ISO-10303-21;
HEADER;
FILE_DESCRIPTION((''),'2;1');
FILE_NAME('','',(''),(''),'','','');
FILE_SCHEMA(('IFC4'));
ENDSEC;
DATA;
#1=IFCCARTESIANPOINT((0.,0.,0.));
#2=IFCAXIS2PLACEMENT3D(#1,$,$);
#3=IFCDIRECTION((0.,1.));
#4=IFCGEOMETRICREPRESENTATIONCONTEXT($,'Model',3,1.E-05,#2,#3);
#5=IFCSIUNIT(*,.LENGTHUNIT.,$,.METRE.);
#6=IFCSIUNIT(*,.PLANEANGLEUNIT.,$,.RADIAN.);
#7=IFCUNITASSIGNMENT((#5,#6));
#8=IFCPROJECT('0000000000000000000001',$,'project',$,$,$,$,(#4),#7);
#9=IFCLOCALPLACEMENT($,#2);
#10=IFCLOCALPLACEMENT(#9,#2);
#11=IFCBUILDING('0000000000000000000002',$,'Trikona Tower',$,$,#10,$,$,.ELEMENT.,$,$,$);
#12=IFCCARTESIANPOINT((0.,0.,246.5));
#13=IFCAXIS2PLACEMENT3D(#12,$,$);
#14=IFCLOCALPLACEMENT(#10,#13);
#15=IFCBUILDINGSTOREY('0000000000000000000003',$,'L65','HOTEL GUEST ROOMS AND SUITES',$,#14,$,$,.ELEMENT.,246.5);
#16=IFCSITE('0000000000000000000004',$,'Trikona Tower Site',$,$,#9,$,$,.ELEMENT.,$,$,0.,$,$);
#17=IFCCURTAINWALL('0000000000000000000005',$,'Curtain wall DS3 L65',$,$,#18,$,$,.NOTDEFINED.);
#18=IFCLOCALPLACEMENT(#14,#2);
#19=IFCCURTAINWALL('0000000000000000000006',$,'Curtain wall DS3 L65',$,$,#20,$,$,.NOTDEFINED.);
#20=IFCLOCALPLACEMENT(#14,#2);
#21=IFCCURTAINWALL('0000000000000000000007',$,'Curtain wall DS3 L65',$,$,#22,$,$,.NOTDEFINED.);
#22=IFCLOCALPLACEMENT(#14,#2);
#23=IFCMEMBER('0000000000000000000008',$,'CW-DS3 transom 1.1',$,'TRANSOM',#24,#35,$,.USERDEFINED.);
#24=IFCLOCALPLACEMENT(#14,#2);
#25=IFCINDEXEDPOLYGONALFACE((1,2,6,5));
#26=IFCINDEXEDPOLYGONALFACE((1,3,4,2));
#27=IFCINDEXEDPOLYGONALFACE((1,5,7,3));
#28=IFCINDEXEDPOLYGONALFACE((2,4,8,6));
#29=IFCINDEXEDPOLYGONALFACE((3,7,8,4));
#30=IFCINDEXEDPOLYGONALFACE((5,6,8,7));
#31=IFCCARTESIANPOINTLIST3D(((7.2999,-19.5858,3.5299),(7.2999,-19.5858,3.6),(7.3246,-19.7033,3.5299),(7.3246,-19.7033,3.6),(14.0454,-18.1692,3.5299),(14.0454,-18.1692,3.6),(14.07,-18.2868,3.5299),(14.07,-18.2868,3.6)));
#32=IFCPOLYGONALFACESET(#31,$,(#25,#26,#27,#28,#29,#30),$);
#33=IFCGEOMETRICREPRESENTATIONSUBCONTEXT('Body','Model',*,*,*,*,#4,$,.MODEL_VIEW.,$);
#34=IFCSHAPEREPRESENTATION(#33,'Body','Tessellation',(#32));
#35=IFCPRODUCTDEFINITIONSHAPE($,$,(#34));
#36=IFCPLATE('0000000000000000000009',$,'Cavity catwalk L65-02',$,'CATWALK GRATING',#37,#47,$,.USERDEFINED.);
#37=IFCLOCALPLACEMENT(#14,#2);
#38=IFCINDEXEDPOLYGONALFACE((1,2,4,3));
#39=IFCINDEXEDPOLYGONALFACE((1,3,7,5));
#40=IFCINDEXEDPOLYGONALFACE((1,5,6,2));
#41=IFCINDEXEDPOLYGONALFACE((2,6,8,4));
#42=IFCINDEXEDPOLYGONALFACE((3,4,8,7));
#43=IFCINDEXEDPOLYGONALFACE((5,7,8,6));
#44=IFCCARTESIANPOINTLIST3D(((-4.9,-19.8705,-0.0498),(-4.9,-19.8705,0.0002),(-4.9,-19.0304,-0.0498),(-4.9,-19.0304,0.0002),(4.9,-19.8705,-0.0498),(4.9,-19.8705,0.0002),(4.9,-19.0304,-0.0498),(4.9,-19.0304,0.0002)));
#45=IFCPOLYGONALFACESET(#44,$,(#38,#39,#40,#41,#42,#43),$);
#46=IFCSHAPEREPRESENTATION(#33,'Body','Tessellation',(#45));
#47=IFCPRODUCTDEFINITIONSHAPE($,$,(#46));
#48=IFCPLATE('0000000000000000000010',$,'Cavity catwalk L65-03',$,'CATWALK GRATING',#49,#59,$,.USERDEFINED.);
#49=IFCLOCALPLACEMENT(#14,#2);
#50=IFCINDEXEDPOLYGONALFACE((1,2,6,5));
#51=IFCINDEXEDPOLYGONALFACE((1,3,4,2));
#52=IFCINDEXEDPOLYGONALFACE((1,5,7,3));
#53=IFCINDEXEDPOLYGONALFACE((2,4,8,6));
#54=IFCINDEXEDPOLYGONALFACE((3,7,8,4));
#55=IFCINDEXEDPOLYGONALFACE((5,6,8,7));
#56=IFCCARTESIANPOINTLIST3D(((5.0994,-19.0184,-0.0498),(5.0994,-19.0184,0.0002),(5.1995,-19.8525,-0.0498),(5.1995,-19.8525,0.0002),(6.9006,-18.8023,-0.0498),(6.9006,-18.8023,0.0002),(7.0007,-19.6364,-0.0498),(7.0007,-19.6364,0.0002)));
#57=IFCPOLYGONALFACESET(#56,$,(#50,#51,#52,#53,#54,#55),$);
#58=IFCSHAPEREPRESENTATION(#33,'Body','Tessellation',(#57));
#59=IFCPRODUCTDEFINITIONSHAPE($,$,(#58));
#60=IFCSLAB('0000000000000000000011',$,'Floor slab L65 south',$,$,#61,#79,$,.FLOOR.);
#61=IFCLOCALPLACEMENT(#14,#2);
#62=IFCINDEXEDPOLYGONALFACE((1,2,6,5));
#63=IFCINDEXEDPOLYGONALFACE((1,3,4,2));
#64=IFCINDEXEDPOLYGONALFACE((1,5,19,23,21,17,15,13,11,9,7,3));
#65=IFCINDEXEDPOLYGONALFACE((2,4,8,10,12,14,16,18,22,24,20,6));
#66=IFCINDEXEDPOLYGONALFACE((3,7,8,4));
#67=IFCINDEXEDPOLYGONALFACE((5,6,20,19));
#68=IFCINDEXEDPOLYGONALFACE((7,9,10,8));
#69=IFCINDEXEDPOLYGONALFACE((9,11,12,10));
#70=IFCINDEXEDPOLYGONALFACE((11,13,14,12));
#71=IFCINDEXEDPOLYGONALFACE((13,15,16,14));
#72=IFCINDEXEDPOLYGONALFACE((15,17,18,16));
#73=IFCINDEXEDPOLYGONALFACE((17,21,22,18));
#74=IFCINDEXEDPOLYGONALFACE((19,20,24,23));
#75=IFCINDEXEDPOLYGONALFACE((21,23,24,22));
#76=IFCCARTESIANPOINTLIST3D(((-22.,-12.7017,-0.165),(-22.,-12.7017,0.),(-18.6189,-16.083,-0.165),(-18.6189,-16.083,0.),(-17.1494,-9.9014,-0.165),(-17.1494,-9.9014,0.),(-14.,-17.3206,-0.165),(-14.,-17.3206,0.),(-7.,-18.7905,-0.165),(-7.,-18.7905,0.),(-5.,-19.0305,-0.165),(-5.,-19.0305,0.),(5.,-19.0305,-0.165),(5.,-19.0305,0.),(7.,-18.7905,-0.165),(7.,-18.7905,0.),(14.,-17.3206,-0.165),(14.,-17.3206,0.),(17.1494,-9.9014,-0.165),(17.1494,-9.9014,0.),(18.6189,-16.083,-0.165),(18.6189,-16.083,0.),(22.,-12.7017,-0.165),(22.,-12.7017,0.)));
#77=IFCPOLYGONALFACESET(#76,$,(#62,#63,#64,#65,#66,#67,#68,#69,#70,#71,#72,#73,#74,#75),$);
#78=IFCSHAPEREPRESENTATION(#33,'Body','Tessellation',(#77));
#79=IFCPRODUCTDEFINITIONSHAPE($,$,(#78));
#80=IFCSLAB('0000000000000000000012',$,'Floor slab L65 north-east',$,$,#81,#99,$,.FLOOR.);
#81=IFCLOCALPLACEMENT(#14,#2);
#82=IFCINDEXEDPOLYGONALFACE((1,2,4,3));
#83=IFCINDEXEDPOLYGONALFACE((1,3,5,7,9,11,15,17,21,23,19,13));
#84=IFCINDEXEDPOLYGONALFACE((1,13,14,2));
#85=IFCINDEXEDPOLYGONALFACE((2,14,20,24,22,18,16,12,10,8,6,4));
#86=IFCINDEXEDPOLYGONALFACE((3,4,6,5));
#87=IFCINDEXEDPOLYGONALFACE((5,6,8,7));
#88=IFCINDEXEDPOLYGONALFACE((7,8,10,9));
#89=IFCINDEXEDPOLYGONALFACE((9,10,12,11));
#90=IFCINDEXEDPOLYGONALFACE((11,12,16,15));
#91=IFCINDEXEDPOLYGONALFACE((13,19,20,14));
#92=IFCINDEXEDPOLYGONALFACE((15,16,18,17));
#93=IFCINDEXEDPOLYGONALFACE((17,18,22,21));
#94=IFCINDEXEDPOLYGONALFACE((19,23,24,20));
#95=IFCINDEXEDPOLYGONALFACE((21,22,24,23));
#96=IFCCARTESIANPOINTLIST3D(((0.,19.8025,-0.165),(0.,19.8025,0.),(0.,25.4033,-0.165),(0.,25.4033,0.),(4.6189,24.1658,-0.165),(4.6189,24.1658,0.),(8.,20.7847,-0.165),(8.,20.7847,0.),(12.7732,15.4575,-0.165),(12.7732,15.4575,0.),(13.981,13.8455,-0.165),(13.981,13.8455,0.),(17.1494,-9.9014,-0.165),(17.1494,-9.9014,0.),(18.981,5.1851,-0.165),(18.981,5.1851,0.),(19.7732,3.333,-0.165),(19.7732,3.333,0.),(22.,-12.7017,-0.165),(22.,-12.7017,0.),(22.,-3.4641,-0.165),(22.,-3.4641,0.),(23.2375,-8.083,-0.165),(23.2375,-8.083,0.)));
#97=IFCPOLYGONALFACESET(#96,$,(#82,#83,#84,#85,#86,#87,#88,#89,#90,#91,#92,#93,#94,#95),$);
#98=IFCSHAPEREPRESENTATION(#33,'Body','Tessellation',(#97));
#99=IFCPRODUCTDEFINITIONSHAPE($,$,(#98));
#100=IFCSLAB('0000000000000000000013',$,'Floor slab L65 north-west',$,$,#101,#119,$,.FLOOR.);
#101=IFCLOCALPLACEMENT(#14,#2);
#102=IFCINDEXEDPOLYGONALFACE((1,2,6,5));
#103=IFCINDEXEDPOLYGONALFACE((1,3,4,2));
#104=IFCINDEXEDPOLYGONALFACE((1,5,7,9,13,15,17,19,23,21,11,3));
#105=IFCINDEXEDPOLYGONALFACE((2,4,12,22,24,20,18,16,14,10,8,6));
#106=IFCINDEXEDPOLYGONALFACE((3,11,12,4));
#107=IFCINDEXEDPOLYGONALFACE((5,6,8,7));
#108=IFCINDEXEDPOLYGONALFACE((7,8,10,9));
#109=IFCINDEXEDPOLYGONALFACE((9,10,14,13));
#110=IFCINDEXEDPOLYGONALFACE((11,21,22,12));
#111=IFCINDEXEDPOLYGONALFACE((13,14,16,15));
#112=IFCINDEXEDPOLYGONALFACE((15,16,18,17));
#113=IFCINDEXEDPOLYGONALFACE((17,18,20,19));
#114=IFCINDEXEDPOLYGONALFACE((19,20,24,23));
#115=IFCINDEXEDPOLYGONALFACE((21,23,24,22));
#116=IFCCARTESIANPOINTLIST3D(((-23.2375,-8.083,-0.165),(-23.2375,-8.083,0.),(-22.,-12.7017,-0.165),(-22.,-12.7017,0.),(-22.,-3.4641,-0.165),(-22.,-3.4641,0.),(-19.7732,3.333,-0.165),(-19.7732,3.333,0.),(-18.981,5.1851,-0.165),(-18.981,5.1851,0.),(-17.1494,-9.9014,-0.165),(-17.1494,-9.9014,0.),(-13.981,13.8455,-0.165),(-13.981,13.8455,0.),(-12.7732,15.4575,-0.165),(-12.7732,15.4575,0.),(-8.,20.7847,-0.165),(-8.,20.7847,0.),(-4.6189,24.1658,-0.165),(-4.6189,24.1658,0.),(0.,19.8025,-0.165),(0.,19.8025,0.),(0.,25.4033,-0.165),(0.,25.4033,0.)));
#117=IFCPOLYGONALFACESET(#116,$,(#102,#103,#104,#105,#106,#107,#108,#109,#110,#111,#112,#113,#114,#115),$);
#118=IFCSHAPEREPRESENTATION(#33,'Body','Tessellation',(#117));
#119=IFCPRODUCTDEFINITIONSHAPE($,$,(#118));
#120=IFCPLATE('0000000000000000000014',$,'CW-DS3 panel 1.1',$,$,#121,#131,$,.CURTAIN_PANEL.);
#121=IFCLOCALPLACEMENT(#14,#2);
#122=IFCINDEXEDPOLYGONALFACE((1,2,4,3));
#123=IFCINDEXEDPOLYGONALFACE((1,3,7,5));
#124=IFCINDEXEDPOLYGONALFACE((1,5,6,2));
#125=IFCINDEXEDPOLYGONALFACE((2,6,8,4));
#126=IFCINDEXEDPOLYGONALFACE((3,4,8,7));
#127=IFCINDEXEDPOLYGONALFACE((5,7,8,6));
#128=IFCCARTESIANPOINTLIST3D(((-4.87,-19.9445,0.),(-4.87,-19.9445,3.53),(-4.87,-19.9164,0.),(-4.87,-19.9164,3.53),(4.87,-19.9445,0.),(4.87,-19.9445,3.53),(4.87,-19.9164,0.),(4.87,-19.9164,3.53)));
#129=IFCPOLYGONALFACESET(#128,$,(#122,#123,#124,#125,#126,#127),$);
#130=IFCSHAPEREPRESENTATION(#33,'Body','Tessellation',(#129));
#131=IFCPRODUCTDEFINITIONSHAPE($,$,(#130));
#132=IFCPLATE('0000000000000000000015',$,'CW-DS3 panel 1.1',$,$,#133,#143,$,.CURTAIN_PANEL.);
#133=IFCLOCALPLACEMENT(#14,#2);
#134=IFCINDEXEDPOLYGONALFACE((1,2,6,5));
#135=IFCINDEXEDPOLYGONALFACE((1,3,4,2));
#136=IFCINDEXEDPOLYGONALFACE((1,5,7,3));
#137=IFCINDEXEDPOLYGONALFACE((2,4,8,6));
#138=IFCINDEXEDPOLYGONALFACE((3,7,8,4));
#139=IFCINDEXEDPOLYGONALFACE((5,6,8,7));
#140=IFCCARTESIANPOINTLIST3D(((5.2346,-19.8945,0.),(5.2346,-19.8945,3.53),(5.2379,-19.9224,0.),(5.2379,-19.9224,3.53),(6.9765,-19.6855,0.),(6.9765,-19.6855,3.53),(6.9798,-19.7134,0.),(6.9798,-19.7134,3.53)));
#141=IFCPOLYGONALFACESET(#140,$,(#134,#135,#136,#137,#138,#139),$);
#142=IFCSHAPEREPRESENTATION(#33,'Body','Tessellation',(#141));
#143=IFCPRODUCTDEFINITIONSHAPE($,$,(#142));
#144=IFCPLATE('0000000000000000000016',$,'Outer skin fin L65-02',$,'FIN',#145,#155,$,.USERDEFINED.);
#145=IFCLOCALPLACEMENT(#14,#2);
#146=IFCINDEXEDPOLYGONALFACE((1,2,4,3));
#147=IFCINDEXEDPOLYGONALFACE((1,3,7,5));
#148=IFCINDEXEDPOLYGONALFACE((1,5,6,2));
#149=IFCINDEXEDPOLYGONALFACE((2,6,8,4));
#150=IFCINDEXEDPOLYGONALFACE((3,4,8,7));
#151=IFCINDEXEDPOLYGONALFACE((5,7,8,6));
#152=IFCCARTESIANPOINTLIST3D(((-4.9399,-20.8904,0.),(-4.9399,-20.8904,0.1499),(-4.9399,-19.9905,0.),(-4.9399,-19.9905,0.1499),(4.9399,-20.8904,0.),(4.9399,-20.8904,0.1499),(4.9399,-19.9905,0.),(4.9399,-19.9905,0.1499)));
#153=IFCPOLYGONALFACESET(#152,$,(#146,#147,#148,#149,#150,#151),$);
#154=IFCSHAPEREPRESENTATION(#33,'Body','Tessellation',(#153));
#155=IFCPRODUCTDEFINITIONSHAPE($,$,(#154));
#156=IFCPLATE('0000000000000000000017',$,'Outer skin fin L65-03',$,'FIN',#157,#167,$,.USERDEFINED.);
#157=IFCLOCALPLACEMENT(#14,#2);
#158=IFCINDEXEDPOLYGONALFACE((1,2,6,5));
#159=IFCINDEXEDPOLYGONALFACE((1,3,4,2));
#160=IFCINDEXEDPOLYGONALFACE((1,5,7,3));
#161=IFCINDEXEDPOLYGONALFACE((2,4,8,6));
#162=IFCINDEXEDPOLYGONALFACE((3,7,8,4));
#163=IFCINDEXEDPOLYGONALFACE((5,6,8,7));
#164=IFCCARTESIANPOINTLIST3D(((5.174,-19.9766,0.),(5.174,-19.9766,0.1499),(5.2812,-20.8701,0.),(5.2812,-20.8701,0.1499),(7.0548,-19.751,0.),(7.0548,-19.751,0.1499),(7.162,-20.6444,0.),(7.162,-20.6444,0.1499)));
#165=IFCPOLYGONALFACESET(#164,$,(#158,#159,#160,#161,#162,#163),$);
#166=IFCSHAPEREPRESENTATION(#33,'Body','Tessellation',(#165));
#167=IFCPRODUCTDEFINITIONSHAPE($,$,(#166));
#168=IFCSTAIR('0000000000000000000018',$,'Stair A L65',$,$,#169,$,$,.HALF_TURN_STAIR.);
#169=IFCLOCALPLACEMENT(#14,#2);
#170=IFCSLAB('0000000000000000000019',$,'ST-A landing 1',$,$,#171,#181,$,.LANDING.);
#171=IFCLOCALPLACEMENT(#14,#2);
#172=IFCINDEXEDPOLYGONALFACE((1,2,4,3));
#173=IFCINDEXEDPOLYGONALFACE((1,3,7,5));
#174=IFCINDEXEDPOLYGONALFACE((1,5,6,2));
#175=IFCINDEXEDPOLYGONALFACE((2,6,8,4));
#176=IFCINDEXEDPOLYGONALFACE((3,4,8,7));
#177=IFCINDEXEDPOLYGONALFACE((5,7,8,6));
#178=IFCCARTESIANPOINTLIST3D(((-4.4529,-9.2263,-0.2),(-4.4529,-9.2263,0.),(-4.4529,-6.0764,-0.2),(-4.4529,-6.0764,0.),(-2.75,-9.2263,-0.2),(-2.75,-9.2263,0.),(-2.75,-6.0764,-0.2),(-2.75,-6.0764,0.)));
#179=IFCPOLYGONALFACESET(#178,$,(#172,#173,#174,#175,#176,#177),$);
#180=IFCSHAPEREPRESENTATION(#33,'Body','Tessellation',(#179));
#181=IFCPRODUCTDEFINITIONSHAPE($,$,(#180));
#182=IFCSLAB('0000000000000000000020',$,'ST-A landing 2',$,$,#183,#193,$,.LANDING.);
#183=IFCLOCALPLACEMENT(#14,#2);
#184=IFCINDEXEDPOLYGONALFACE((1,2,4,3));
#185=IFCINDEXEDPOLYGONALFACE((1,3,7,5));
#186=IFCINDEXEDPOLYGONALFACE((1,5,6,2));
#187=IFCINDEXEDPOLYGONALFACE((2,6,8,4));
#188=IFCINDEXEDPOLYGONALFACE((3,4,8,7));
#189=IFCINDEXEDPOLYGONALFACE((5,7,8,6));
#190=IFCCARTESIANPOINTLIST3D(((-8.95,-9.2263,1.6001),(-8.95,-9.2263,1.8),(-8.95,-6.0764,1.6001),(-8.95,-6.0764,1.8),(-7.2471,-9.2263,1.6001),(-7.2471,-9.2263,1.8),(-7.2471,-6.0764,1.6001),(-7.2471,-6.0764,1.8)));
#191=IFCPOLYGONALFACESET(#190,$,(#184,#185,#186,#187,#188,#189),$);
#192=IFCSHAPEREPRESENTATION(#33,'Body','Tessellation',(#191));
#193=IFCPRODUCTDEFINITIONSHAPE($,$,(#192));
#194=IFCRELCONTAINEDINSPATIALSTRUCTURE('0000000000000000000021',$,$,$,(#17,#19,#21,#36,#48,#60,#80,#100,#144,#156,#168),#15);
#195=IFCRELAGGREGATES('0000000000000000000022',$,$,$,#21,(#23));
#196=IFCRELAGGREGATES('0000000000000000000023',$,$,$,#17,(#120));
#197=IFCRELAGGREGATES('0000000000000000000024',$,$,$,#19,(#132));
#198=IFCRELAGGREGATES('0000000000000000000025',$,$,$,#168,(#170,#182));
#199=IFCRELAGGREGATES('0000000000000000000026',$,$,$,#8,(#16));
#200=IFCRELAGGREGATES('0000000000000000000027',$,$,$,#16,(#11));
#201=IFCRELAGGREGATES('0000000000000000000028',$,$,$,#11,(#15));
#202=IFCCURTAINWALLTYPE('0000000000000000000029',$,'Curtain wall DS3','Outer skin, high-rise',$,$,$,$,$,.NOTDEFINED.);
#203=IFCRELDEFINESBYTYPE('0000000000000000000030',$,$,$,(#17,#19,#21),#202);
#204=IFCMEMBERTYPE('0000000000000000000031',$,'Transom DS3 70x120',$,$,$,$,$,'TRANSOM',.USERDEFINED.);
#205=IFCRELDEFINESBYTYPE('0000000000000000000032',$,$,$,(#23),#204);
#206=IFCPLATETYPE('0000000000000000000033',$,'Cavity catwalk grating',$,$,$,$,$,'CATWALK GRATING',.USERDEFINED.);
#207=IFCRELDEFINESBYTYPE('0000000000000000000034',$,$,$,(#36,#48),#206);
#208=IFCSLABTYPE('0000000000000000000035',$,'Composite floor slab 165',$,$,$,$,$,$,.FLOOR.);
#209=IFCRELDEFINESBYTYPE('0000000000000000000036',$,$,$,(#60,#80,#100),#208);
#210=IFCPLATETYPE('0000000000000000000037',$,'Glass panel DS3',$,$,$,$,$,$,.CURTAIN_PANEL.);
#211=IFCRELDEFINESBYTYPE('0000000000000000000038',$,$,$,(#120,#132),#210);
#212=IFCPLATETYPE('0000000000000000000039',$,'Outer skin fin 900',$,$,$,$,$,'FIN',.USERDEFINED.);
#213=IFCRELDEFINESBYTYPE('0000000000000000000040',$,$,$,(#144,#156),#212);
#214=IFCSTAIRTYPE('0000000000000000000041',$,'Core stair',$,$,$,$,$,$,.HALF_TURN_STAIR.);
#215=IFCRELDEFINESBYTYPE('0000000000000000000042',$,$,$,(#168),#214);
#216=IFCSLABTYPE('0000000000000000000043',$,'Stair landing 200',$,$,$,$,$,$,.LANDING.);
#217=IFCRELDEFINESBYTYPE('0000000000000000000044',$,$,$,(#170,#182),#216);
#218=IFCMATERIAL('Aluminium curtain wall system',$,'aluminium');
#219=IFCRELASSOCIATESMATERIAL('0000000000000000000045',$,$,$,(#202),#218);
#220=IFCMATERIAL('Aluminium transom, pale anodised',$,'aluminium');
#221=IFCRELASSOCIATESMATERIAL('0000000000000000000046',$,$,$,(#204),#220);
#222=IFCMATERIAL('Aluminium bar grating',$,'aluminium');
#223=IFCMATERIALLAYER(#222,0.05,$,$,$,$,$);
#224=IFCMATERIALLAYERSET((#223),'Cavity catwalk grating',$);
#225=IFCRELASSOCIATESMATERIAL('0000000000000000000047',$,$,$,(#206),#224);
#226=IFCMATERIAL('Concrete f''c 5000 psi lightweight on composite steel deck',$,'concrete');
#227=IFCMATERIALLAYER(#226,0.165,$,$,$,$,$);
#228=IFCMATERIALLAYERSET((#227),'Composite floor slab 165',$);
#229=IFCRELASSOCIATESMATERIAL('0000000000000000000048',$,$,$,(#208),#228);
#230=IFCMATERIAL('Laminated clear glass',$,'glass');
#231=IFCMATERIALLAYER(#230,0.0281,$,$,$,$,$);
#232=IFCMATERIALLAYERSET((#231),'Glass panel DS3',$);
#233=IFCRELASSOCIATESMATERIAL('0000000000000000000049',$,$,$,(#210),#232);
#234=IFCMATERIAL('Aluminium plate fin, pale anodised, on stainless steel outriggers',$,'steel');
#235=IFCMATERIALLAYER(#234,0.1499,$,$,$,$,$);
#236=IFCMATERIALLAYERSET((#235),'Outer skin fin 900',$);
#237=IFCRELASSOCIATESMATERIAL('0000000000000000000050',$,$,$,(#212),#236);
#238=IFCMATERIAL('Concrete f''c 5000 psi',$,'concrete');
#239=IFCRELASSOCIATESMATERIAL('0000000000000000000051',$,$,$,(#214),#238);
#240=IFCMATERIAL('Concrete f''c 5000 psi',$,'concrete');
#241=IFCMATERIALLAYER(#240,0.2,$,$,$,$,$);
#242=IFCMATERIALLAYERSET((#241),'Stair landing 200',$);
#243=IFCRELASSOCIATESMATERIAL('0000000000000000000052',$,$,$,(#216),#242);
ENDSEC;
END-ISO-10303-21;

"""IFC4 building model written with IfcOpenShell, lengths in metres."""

from ifc_helpers import new_model, si_unit, direction, frame, origin, origin_2d, place, context, subcontext, project, spatial, polyline, rectangle, outline, extrude, material, layer, layer_set, material_profile, profile_set, type_object, element, aggregate, save


model = new_model("IFC4")

# Units and contexts
model_context = context("Model", 3, precision=1e-05, world=origin(), true_north=direction((0.0, 1.0)))
body_context = subcontext(model_context, "Body", "Model", "MODEL_VIEW")
ifc_project = project(units=[si_unit("LENGTHUNIT", "METRE"), si_unit("PLANEANGLEUNIT", "RADIAN")], contexts=[model_context])

# Site, building, storey
site_placement = place(None, origin())
site = spatial("IfcSite", under=ifc_project, at=site_placement, Name="Trikona Tower Site", CompositionType="ELEMENT", RefElevation=0.0)
building_placement = place(site_placement, origin())
building = spatial("IfcBuilding", under=site, at=building_placement, Name="Trikona Tower", CompositionType="ELEMENT")
storey_placement = place(building_placement, frame((0.0, 0.0, 246.5)))
storey = spatial("IfcBuildingStorey", under=building, at=storey_placement, Name="L65", Description="HOTEL GUEST ROOMS AND SUITES", CompositionType="ELEMENT", Elevation=246.5)

# Curtain wall
ifc_material_1 = material(Name="Aluminium curtain wall system", Category="aluminium")
curtain_wall_type = type_object("IfcCurtainWallType", Name="Curtain wall DS3", Description="Outer skin, high-rise", PredefinedType="NOTDEFINED", material=ifc_material_1)
curtain_wall_1_placement = place(storey_placement, origin())
curtain_wall_1 = element("IfcCurtainWall", 1, at=curtain_wall_1_placement, inside=storey, type_object=curtain_wall_type, Name="Curtain wall DS3 L65", PredefinedType="NOTDEFINED")

# Curtain wall
curtain_wall_2_placement = place(storey_placement, origin())
curtain_wall_2 = element("IfcCurtainWall", 2, at=curtain_wall_2_placement, inside=storey, type_object=curtain_wall_type, Name="Curtain wall DS3 L65", PredefinedType="NOTDEFINED")

# Curtain wall
curtain_wall_3_placement = place(storey_placement, origin())
curtain_wall_3 = element("IfcCurtainWall", 3, at=curtain_wall_3_placement, inside=storey, type_object=curtain_wall_type, Name="Curtain wall DS3 L65", PredefinedType="NOTDEFINED")

# Member
ifc_material_2 = material(Name="Aluminium transom, pale anodised", Category="aluminium")
ifc_material_profile_1 = material_profile(ifc_material_2, rectangle(XDim=0.1201, YDim=0.0701, at=origin_2d()), Name="TRN-DS3")
ifc_profile_set_1 = profile_set([ifc_material_profile_1], Name="Aluminium transom, pale anodised")
member_type_1 = type_object("IfcMemberType", Name="Transom DS3 70x120", ElementType="TRANSOM", PredefinedType="USERDEFINED", material=ifc_profile_set_1)
member_1_placement = place(storey_placement, frame((7.3123, -19.6445, 3.5649), z_axis=(0.978654, 0.205514, 0.0), x_axis=(-0.205514, 0.978654, 0.0)))
member_1 = element("IfcMember", 4, at=member_1_placement, type_object=member_type_1, Name="CW-DS3 transom 1.1", ObjectType="TRANSOM", PredefinedType="USERDEFINED", context=body_context, shape_type="SweptSolid", body=[
    extrude(rectangle(XDim=0.1201, YDim=0.0701, at=origin_2d()), origin(), (0.0, 0.0, 1.0), 6.8926),
])
aggregate(curtain_wall_3, [member_1])

# Plates
ifc_material_3 = material(Name="Aluminium bar grating", Category="aluminium")
ifc_layer_1 = layer(ifc_material_3, 0.05)
ifc_layer_set_1 = layer_set([ifc_layer_1], Name="Cavity catwalk grating")
plate_type_1 = type_object("IfcPlateType", Name="Cavity catwalk grating", ElementType="CATWALK GRATING", PredefinedType="USERDEFINED", material=ifc_layer_set_1)
plate_1_placement = place(storey_placement, frame((0.0, -19.4504, -0.0498), z_axis=(0.0, 0.0, 1.0), x_axis=(1.0, 0.0, 0.0)))
element("IfcPlate", 5, at=plate_1_placement, inside=storey, type_object=plate_type_1, Name="Cavity catwalk L65-02", ObjectType="CATWALK GRATING", PredefinedType="USERDEFINED", context=body_context, shape_type="SweptSolid", body=[
    extrude(rectangle(XDim=9.8, YDim=0.8401, at=origin_2d()), origin(), (0.0, 0.0, 1.0), 0.05),
])
plate_2_placement = place(storey_placement, frame((6.05, -19.3274, -0.0498), z_axis=(0.0, 0.0, 1.0), x_axis=(0.992877, 0.119146, 0.0)))
element("IfcPlate", 6, at=plate_2_placement, inside=storey, type_object=plate_type_1, Name="Cavity catwalk L65-03", ObjectType="CATWALK GRATING", PredefinedType="USERDEFINED", context=body_context, shape_type="SweptSolid", body=[
    extrude(rectangle(XDim=1.8142, YDim=0.8401, at=origin_2d()), origin(), (0.0, 0.0, 1.0), 0.05),
])

# Slabs
ifc_material_4 = material(Name="Concrete f'c 5000 psi lightweight on composite steel deck", Category="concrete")
ifc_layer_2 = layer(ifc_material_4, 0.165)
ifc_layer_set_2 = layer_set([ifc_layer_2], Name="Composite floor slab 165")
slab_type_1 = type_object("IfcSlabType", Name="Composite floor slab 165", PredefinedType="FLOOR", material=ifc_layer_set_2)
slab_1_placement = place(storey_placement, frame((0.0, 0.0, -0.165)))
element("IfcSlab", 7, at=slab_1_placement, inside=storey, type_object=slab_type_1, Name="Floor slab L65 south", PredefinedType="FLOOR", context=body_context, shape_type="SweptSolid", body=[
    extrude(outline(polyline([(18.6189, -16.083), (22.0, -12.7017), (17.1494, -9.9014), (-17.1494, -9.9014), (-22.0, -12.7017), (-18.6189, -16.083), (-14.0, -17.3206), (-7.0, -18.7905), (-5.0, -19.0305), (5.0, -19.0305), (7.0, -18.7905), (14.0, -17.3206), (18.6189, -16.083)])), origin(), (0.0, 0.0, 1.0), 0.165),
])
slab_2_placement = place(storey_placement, frame((0.0, 0.0, -0.165)))
element("IfcSlab", 8, at=slab_2_placement, inside=storey, type_object=slab_type_1, Name="Floor slab L65 north-east", PredefinedType="FLOOR", context=body_context, shape_type="SweptSolid", body=[
    extrude(outline(polyline([(4.6189, 24.1658), (0.0, 25.4033), (0.0, 19.8025), (17.1494, -9.9014), (22.0, -12.7017), (23.2375, -8.083), (22.0, -3.4641), (19.7732, 3.333), (18.981, 5.1851), (13.981, 13.8455), (12.7732, 15.4575), (8.0, 20.7847), (4.6189, 24.1658)])), origin(), (0.0, 0.0, 1.0), 0.165),
])
slab_3_placement = place(storey_placement, frame((0.0, 0.0, -0.165)))
element("IfcSlab", 9, at=slab_3_placement, inside=storey, type_object=slab_type_1, Name="Floor slab L65 north-west", PredefinedType="FLOOR", context=body_context, shape_type="SweptSolid", body=[
    extrude(outline(polyline([(0.0, 19.8025), (0.0, 25.4033), (-4.6189, 24.1658), (-8.0, 20.7847), (-12.7732, 15.4575), (-13.981, 13.8455), (-18.981, 5.1851), (-19.7732, 3.333), (-22.0, -3.4641), (-23.2375, -8.083), (-22.0, -12.7017), (-17.1494, -9.9014), (0.0, 19.8025)])), origin(), (0.0, 0.0, 1.0), 0.165),
])

# Plates
ifc_material_5 = material(Name="Laminated clear glass", Category="glass")
ifc_layer_3 = layer(ifc_material_5, 0.0281)
ifc_layer_set_3 = layer_set([ifc_layer_3], Name="Glass panel DS3")
plate_type_2 = type_object("IfcPlateType", Name="Glass panel DS3", PredefinedType="CURTAIN_PANEL", material=ifc_layer_set_3)
plate_3_placement = place(storey_placement, frame((0.0, -19.9304, 0.0), z_axis=(0.0, 0.0, 1.0), x_axis=(1.0, 0.0, 0.0)))
plate_3 = element("IfcPlate", 10, at=plate_3_placement, type_object=plate_type_2, Name="CW-DS3 panel 1.1", PredefinedType="CURTAIN_PANEL", context=body_context, shape_type="SweptSolid", body=[
    extrude(rectangle(XDim=9.74, YDim=0.0281, at=origin_2d()), origin(), (0.0, 0.0, 1.0), 3.53),
])
aggregate(curtain_wall_1, [plate_3])
plate_4_placement = place(storey_placement, frame((6.1072, -19.804, 0.0), z_axis=(0.0, 0.0, 1.0), x_axis=(0.992877, 0.119141, 0.0)))
plate_4 = element("IfcPlate", 11, at=plate_4_placement, type_object=plate_type_2, Name="CW-DS3 panel 1.1", PredefinedType="CURTAIN_PANEL", context=body_context, shape_type="SweptSolid", body=[
    extrude(rectangle(XDim=1.7544, YDim=0.0281, at=origin_2d()), origin(), (0.0, 0.0, 1.0), 3.53),
])
aggregate(curtain_wall_2, [plate_4])

# Plates
ifc_material_6 = material(Name="Aluminium plate fin, pale anodised, on stainless steel outriggers", Category="steel")
ifc_layer_4 = layer(ifc_material_6, 0.1499)
ifc_layer_set_4 = layer_set([ifc_layer_4], Name="Outer skin fin 900")
plate_type_3 = type_object("IfcPlateType", Name="Outer skin fin 900", ElementType="FIN", PredefinedType="USERDEFINED", material=ifc_layer_set_4)
plate_5_placement = place(storey_placement, frame((0.0, -20.4404, 0.0), z_axis=(0.0, 0.0, 1.0), x_axis=(1.0, 0.0, 0.0)))
element("IfcPlate", 12, at=plate_5_placement, inside=storey, type_object=plate_type_3, Name="Outer skin fin L65-02", ObjectType="FIN", PredefinedType="USERDEFINED", context=body_context, shape_type="SweptSolid", body=[
    extrude(rectangle(XDim=9.8799, YDim=0.8999, at=origin_2d()), origin(), (0.0, 0.0, 1.0), 0.1499),
])
plate_6_placement = place(storey_placement, frame((6.168, -20.3105, 0.0), z_axis=(0.0, 0.0, 1.0), x_axis=(0.992877, 0.119146, 0.0)))
element("IfcPlate", 13, at=plate_6_placement, inside=storey, type_object=plate_type_3, Name="Outer skin fin L65-03", ObjectType="FIN", PredefinedType="USERDEFINED", context=body_context, shape_type="SweptSolid", body=[
    extrude(rectangle(XDim=1.8943, YDim=0.8999, at=origin_2d()), origin(), (0.0, 0.0, 1.0), 0.1499),
])

# Stair, slabs
ifc_material_7 = material(Name="Concrete f'c 5000 psi", Category="concrete")
stair_type = type_object("IfcStairType", Name="Core stair", PredefinedType="HALF_TURN_STAIR", material=ifc_material_7)
stair_placement = place(storey_placement, origin())
stair = element("IfcStair", 14, at=stair_placement, inside=storey, type_object=stair_type, Name="Stair A L65", PredefinedType="HALF_TURN_STAIR")
ifc_material_8 = material(Name="Concrete f'c 5000 psi", Category="concrete")
ifc_layer_5 = layer(ifc_material_8, 0.2)
ifc_layer_set_5 = layer_set([ifc_layer_5], Name="Stair landing 200")
slab_type_2 = type_object("IfcSlabType", Name="Stair landing 200", PredefinedType="LANDING", material=ifc_layer_set_5)
slab_4_placement = place(storey_placement, frame((0.0, 0.0, -0.2)))
slab_4 = element("IfcSlab", 15, at=slab_4_placement, type_object=slab_type_2, Name="ST-A landing 1", PredefinedType="LANDING", context=body_context, shape_type="SweptSolid", body=[
    extrude(outline(polyline([(-4.4529, -6.0764), (-2.75, -6.0764), (-2.75, -9.2263), (-4.4529, -9.2263), (-4.4529, -6.0764)])), origin(), (0.0, 0.0, 1.0), 0.2),
])
slab_5_placement = place(storey_placement, frame((0.0, 0.0, 1.6001)))
slab_5 = element("IfcSlab", 16, at=slab_5_placement, type_object=slab_type_2, Name="ST-A landing 2", PredefinedType="LANDING", context=body_context, shape_type="SweptSolid", body=[
    extrude(outline(polyline([(-8.95, -6.0764), (-7.2471, -6.0764), (-7.2471, -9.2263), (-8.95, -9.2263), (-8.95, -6.0764)])), origin(), (0.0, 0.0, 1.0), 0.2),
])
aggregate(stair, [slab_4, slab_5])

save(model, "model.ifc")
